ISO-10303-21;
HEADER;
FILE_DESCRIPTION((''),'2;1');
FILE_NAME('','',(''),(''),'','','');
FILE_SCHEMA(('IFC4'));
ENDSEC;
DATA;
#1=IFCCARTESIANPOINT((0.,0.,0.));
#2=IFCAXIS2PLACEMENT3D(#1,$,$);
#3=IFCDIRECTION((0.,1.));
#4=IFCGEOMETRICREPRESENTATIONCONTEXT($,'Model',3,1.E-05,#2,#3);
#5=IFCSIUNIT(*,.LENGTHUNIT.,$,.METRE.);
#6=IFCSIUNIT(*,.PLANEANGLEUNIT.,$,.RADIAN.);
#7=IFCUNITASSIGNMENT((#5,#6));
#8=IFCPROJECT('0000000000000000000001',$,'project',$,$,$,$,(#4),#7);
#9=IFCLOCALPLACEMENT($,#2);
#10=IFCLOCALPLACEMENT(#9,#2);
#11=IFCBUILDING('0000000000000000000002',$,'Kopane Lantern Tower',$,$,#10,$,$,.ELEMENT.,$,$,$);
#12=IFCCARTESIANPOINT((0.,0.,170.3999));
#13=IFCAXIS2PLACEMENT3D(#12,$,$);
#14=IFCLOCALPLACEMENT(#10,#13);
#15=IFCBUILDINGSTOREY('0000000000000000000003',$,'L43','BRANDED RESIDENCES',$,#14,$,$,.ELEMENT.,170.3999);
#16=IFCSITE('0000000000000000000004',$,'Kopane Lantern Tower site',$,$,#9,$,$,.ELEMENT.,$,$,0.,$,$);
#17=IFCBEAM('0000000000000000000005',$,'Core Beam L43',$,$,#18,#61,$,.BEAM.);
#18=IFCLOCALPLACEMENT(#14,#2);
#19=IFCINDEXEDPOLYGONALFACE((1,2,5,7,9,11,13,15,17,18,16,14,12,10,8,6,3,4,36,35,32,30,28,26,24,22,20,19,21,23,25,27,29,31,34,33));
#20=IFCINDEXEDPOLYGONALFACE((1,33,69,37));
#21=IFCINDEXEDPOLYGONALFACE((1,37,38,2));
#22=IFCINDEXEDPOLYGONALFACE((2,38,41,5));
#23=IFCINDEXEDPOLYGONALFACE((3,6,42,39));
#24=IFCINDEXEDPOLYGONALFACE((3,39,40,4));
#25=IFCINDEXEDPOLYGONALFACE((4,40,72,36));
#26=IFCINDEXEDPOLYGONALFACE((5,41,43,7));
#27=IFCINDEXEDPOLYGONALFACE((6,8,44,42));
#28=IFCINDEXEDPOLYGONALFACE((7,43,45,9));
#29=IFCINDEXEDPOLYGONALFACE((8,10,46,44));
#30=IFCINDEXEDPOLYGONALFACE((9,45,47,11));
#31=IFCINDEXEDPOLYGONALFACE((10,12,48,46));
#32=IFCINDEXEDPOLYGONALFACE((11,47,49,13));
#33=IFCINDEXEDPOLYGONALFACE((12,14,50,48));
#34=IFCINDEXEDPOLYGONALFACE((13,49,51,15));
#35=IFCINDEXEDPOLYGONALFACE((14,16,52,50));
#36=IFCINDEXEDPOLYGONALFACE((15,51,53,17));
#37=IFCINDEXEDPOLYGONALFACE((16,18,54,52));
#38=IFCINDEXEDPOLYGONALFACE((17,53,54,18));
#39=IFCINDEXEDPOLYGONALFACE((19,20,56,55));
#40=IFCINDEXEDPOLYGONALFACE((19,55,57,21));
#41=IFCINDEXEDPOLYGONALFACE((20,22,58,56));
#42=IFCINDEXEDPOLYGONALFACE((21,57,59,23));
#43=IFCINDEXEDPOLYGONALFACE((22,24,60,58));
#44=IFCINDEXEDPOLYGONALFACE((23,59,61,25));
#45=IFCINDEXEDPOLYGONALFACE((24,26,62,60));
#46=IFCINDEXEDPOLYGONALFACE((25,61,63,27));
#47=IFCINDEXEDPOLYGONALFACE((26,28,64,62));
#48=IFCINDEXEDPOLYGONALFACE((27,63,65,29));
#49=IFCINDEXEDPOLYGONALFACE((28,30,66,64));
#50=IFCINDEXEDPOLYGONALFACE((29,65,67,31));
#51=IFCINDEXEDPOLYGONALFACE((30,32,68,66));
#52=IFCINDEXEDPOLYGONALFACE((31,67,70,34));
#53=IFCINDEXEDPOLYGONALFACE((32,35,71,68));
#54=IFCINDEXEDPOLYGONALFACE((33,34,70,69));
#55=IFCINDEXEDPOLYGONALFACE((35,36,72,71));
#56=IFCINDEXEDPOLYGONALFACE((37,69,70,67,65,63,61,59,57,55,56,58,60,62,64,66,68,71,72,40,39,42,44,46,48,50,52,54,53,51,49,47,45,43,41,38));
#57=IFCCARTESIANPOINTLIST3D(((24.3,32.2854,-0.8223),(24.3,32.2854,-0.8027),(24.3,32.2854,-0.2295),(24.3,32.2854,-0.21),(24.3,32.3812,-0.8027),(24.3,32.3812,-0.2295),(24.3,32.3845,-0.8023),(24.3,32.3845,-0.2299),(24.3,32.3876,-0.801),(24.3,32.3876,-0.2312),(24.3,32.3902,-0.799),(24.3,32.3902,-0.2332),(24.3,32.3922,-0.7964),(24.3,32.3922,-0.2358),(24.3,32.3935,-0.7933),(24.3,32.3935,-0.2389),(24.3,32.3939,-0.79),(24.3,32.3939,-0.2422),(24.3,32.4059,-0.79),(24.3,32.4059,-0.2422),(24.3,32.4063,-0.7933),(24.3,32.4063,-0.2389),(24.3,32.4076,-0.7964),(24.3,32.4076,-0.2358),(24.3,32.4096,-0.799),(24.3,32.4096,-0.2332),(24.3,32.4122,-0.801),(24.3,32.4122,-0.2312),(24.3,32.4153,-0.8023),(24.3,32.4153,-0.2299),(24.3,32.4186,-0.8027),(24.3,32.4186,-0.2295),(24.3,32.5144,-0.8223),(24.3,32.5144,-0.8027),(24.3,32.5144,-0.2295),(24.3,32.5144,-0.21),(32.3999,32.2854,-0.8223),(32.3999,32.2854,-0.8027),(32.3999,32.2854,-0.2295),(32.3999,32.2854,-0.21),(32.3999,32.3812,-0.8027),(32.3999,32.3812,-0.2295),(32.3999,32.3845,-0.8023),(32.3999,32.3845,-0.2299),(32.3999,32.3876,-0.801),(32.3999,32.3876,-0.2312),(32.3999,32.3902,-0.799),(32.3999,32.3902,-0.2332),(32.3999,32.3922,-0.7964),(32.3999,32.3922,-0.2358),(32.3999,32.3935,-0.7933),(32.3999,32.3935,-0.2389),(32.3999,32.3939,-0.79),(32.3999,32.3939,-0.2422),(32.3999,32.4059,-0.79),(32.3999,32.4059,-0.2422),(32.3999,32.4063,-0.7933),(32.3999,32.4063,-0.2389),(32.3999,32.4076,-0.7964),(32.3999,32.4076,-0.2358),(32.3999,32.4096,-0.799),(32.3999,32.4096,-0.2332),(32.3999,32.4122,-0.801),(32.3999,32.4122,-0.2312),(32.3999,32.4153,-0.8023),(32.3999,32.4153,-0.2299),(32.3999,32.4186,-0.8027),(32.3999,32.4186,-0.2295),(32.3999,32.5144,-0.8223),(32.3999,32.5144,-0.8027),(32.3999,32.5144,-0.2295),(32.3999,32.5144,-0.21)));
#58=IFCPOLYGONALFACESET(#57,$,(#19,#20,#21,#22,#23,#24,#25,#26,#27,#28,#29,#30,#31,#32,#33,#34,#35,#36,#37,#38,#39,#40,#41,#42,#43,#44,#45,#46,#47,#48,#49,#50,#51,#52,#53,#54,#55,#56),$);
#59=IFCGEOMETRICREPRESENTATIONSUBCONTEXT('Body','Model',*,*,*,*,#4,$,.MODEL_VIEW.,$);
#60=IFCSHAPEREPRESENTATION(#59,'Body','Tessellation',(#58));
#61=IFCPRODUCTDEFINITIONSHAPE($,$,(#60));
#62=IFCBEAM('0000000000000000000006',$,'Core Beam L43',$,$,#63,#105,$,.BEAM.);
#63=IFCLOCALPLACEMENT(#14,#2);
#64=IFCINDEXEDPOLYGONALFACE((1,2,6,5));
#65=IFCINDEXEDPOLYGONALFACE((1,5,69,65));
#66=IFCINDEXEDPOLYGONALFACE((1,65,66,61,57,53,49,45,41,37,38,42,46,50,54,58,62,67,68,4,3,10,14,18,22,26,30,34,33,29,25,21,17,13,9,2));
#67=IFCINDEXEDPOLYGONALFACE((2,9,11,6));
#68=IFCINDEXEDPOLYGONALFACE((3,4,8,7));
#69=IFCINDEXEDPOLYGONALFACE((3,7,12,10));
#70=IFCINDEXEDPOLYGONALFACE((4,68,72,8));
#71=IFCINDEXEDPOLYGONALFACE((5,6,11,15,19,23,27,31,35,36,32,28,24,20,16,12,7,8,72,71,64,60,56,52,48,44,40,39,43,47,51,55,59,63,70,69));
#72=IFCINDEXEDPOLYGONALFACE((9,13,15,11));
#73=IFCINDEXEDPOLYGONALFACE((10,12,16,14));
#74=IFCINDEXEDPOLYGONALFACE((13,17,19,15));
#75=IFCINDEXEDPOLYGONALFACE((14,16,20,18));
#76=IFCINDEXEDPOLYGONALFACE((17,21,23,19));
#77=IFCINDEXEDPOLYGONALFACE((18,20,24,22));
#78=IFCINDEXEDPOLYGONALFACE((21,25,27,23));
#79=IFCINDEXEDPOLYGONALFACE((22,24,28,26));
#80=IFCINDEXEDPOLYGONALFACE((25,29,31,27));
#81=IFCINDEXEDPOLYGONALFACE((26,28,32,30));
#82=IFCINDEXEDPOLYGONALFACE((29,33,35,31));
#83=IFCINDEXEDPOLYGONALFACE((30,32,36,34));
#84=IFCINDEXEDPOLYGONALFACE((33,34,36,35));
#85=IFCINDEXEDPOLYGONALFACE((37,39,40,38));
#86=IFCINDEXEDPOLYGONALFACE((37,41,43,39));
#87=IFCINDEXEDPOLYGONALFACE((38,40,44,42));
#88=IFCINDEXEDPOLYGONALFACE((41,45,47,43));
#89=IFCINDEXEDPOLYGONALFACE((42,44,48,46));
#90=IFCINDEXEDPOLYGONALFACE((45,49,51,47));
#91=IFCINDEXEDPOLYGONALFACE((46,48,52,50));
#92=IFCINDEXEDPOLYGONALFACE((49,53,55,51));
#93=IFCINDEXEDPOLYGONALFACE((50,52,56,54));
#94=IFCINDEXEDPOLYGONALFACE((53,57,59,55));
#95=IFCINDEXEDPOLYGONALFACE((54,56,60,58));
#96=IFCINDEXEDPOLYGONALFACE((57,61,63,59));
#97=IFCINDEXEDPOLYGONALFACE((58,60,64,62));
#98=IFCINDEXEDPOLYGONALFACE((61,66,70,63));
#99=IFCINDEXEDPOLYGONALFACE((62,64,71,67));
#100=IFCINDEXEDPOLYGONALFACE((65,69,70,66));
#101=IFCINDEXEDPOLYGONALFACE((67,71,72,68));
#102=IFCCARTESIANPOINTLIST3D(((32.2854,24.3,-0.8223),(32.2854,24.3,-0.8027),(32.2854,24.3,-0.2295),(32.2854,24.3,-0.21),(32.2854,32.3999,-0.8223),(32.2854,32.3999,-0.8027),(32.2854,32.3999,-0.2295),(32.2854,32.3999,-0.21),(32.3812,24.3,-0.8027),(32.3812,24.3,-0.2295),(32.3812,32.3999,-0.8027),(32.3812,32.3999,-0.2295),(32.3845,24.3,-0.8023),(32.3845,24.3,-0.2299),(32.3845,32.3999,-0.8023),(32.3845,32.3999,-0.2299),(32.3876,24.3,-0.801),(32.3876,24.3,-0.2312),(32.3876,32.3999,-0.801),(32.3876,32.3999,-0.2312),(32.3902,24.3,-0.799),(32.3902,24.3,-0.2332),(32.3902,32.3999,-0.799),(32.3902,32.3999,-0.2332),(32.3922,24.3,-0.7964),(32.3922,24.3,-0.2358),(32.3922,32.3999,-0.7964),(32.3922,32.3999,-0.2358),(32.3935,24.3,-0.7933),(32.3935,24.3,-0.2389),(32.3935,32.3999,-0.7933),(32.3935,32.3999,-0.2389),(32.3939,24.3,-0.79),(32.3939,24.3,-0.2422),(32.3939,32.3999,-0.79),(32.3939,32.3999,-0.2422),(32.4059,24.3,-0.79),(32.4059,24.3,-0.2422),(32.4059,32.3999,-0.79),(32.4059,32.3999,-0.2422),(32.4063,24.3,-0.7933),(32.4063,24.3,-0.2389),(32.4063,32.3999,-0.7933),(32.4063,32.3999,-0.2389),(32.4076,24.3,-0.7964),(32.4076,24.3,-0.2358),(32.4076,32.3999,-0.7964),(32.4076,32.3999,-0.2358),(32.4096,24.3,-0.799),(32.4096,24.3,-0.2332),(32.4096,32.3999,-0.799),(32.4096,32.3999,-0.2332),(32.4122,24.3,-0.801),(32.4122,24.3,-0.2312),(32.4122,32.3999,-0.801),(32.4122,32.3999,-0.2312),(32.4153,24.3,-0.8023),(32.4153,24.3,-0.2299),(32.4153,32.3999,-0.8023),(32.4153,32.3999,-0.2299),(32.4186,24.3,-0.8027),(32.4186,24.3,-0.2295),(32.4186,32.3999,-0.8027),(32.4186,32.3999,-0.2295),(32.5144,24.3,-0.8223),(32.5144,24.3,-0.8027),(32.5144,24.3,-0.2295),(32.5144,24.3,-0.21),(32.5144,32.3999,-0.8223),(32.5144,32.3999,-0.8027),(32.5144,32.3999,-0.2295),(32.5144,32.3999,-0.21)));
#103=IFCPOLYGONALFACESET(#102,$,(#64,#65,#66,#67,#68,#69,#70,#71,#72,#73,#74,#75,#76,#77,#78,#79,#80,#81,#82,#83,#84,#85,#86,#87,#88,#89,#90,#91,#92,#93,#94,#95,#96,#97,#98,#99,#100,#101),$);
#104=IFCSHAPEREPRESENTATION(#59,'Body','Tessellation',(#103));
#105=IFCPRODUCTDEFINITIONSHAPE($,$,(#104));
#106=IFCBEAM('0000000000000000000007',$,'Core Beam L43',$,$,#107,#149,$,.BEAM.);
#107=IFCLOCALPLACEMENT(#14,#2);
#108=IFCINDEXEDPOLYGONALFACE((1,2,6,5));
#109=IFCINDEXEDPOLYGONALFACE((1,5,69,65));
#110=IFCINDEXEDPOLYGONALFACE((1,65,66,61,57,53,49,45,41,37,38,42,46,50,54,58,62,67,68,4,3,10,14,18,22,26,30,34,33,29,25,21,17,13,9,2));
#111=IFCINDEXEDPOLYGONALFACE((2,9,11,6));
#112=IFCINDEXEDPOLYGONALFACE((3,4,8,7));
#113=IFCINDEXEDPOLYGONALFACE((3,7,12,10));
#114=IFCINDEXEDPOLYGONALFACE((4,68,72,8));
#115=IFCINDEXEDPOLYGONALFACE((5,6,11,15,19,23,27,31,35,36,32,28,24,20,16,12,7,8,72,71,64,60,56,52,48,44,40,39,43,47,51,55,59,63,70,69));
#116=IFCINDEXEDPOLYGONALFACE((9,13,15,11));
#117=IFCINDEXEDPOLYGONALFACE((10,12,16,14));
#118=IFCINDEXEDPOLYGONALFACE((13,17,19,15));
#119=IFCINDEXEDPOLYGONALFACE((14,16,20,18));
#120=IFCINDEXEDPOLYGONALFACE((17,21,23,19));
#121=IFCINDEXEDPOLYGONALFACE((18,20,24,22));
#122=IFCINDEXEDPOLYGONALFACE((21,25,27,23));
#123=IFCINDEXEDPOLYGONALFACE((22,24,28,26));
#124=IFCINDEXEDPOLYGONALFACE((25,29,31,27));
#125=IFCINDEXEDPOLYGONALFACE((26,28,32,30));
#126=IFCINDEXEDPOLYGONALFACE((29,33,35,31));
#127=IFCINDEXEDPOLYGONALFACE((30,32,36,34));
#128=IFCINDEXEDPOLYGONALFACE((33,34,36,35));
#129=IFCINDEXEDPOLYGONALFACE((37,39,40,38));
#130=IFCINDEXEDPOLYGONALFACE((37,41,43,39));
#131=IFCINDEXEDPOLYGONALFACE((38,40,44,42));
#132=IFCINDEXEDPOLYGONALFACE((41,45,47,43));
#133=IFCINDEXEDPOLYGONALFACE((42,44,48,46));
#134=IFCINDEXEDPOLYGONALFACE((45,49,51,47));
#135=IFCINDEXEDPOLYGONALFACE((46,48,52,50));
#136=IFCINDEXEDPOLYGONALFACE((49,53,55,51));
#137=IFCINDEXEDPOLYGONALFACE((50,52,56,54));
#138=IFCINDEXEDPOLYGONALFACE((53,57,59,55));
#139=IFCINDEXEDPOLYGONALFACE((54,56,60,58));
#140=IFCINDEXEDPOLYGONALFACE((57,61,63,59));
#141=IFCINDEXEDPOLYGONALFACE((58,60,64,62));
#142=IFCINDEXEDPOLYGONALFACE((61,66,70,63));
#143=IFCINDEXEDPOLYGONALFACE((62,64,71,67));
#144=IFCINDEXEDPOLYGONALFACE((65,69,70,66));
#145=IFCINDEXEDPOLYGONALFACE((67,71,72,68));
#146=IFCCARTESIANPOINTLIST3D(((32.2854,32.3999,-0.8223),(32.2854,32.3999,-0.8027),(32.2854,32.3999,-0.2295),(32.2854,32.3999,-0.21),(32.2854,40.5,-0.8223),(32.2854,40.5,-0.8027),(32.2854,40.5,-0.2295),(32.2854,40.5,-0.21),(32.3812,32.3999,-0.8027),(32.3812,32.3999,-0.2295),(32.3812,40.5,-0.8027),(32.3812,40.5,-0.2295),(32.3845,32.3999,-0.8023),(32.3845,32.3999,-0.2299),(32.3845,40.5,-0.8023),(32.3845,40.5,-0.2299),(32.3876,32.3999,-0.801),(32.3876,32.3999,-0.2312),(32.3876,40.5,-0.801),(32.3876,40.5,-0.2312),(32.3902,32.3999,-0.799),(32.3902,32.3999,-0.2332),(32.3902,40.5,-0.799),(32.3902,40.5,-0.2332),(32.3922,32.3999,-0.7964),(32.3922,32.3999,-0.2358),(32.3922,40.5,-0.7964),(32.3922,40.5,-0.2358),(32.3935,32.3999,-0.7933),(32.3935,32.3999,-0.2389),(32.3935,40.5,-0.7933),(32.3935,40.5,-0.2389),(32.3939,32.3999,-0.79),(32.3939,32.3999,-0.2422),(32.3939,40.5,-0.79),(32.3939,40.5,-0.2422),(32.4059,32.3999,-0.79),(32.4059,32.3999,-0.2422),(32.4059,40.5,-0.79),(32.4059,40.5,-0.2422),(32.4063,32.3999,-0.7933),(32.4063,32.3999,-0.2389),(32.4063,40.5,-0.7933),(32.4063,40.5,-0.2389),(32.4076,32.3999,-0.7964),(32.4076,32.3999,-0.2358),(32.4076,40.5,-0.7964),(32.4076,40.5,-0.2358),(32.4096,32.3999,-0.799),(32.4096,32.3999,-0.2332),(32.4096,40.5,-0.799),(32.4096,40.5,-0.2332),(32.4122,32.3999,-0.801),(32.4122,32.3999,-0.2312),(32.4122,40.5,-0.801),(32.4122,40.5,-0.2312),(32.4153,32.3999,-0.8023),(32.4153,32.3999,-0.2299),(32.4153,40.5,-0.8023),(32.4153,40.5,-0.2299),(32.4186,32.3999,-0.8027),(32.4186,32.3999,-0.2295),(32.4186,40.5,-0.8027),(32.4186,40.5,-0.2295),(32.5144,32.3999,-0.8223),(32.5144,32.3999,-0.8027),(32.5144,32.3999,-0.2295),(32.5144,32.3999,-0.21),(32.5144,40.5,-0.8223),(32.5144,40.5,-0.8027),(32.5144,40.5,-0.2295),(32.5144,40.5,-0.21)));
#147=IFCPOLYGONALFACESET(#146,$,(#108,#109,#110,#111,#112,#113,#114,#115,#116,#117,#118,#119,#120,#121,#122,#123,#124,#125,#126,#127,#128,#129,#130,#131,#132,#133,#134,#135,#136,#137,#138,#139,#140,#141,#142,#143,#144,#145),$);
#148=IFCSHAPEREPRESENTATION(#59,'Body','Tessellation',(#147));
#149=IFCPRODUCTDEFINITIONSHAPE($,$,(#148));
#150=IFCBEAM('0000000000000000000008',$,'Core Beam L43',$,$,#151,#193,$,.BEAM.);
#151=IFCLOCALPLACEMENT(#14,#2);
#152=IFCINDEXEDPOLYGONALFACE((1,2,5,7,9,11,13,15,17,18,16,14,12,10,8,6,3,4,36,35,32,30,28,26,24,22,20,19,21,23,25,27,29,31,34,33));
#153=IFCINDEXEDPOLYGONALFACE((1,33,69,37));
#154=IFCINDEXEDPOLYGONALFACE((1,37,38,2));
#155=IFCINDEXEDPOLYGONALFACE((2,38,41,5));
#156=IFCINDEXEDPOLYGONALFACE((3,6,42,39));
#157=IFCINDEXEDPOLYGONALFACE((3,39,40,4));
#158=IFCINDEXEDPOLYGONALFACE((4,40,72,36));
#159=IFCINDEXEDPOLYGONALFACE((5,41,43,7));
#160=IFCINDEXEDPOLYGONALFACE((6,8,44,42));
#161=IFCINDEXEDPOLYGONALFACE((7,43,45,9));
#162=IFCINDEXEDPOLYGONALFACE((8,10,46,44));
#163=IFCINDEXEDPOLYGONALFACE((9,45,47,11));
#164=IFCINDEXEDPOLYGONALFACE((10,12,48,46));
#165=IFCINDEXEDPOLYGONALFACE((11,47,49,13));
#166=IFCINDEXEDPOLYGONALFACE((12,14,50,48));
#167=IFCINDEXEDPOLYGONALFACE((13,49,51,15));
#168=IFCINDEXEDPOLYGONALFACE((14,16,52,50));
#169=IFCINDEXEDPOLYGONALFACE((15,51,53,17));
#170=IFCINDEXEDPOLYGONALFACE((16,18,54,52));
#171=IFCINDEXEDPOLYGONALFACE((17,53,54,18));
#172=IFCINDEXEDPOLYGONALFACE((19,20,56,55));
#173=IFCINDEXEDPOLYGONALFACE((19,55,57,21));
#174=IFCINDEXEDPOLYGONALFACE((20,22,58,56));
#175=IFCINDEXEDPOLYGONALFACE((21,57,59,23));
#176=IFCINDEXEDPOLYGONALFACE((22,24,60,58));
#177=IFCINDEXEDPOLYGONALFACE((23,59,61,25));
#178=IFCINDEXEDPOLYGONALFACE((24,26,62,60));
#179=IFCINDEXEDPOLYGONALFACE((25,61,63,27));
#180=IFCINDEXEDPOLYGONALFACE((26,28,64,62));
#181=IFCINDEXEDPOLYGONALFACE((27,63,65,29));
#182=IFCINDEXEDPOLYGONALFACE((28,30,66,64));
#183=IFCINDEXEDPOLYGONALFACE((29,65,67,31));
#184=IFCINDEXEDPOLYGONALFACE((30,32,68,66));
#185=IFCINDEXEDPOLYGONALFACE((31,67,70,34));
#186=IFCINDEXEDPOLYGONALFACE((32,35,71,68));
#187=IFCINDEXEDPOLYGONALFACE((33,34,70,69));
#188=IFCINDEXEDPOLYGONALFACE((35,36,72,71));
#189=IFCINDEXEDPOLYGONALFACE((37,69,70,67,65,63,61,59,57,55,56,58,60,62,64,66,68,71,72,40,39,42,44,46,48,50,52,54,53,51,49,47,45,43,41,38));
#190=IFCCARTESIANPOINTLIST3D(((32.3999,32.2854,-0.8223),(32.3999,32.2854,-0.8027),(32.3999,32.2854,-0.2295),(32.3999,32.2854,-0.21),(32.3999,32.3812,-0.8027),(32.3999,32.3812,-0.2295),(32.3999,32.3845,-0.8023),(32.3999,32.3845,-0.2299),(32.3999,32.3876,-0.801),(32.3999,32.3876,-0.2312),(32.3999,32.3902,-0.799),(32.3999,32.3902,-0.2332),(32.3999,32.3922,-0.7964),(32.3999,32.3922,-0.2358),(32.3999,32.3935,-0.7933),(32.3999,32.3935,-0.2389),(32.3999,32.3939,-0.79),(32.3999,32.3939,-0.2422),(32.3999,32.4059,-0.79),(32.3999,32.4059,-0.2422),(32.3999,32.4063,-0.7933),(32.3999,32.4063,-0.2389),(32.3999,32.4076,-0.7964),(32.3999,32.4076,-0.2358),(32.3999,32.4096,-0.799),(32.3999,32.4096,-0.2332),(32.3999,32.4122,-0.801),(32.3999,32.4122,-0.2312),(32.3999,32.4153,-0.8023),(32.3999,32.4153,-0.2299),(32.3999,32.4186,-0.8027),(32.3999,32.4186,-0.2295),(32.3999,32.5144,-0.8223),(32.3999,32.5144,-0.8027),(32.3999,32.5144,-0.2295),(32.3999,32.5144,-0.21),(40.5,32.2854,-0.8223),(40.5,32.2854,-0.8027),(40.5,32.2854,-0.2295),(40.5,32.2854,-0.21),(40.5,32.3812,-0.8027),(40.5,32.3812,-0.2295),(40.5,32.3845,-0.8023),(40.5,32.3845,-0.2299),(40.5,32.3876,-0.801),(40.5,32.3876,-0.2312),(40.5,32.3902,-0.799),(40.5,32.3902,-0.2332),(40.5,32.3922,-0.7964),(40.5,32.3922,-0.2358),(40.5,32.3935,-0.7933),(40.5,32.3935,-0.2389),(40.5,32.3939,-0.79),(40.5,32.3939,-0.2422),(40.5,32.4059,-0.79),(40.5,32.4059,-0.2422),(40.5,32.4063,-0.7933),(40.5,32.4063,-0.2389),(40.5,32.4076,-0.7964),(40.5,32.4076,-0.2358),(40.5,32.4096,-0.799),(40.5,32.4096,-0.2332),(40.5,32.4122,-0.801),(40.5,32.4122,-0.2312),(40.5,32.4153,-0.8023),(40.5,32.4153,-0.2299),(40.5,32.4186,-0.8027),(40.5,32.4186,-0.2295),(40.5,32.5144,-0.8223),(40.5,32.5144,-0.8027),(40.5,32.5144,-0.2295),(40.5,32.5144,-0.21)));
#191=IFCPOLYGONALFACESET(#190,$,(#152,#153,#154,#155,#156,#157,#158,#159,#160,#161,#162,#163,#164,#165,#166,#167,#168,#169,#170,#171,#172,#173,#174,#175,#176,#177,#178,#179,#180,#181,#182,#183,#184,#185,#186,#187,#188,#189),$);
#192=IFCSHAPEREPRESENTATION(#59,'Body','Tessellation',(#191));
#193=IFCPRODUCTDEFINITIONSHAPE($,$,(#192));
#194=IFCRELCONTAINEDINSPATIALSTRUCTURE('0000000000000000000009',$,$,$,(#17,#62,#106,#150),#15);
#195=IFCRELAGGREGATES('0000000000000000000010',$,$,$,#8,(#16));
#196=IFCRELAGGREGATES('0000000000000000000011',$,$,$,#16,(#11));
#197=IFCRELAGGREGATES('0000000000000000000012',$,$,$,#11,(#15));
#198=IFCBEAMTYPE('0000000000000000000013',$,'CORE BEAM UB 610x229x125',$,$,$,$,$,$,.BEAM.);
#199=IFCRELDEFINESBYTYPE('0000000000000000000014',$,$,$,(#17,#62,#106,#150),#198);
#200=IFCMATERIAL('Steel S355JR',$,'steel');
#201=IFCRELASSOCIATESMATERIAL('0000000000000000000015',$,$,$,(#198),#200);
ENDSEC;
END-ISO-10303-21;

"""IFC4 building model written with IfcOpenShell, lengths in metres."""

from ifc_helpers import new_model, si_unit, direction, frame, origin, origin_2d, place, context, subcontext, project, spatial, i_section, extrude, material, material_profile, profile_set, type_object, element, save


model = new_model("IFC4")

# Units and contexts
model_context = context("Model", 3, precision=1e-05, world=origin(), true_north=direction((0.0, 1.0)))
body_context = subcontext(model_context, "Body", "Model", "MODEL_VIEW")
ifc_project = project(units=[si_unit("LENGTHUNIT", "METRE"), si_unit("PLANEANGLEUNIT", "RADIAN")], contexts=[model_context])

# Site, building, storey
site_placement = place(None, origin())
site = spatial("IfcSite", under=ifc_project, at=site_placement, Name="Kopane Lantern Tower site", CompositionType="ELEMENT", RefElevation=0.0)
building_placement = place(site_placement, origin())
building = spatial("IfcBuilding", under=site, at=building_placement, Name="Kopane Lantern Tower", CompositionType="ELEMENT")
storey_placement = place(building_placement, frame((0.0, 0.0, 170.3999)))
storey = spatial("IfcBuildingStorey", under=building, at=storey_placement, Name="L43", Description="BRANDED RESIDENCES", CompositionType="ELEMENT", Elevation=170.3999)

# Beams
ifc_material_1 = material(Name="Steel S355JR", Category="steel")
ifc_material_profile_1 = material_profile(ifc_material_1, i_section(OverallWidth=0.229, OverallDepth=0.6123, WebThickness=0.012, FlangeThickness=0.0195, FilletRadius=0.0127, at=origin_2d()), Name="UB 610x229x125")
ifc_profile_set_1 = profile_set([ifc_material_profile_1], Name="Steel S355JR")
beam_type_1 = type_object("IfcBeamType", Name="CORE BEAM UB 610x229x125", PredefinedType="BEAM", material=ifc_profile_set_1)
for number, where, z_axis, x_axis, name in (
    (1, (24.3, 32.3999, -0.5161), (1.0, 0.0, 0.0), (0.0, 1.0, 0.0), "Core Beam L43"),
    (2, (32.3999, 24.3, -0.5161), (0.0, 1.0, 0.0), (-1.0, 0.0, 0.0), "Core Beam L43"),
):
    element("IfcBeam", number, at=place(storey_placement, frame(where, z_axis=z_axis, x_axis=x_axis)), inside=storey, type_object=beam_type_1, Name=name, PredefinedType="BEAM", context=body_context, shape_type="SweptSolid", body=[
        extrude(i_section(OverallWidth=0.229, OverallDepth=0.6123, WebThickness=0.012, FlangeThickness=0.0195, FilletRadius=0.0127, at=origin_2d()), origin(), (0.0, 0.0, 1.0), 8.0999),
    ])
for number, where, z_axis, x_axis, name in (
    (3, (32.3999, 32.3999, -0.5161), (0.0, 1.0, 0.0), (-1.0, 0.0, 0.0), "Core Beam L43"),
    (4, (32.3999, 32.3999, -0.5161), (1.0, 0.0, 0.0), (0.0, 1.0, 0.0), "Core Beam L43"),
):
    element("IfcBeam", number, at=place(storey_placement, frame(where, z_axis=z_axis, x_axis=x_axis)), inside=storey, type_object=beam_type_1, Name=name, PredefinedType="BEAM", context=body_context, shape_type="SweptSolid", body=[
        extrude(i_section(OverallWidth=0.229, OverallDepth=0.6123, WebThickness=0.012, FlangeThickness=0.0195, FilletRadius=0.0127, at=origin_2d()), origin(), (0.0, 0.0, 1.0), 8.1001),
    ])

save(model, "model.ifc")
